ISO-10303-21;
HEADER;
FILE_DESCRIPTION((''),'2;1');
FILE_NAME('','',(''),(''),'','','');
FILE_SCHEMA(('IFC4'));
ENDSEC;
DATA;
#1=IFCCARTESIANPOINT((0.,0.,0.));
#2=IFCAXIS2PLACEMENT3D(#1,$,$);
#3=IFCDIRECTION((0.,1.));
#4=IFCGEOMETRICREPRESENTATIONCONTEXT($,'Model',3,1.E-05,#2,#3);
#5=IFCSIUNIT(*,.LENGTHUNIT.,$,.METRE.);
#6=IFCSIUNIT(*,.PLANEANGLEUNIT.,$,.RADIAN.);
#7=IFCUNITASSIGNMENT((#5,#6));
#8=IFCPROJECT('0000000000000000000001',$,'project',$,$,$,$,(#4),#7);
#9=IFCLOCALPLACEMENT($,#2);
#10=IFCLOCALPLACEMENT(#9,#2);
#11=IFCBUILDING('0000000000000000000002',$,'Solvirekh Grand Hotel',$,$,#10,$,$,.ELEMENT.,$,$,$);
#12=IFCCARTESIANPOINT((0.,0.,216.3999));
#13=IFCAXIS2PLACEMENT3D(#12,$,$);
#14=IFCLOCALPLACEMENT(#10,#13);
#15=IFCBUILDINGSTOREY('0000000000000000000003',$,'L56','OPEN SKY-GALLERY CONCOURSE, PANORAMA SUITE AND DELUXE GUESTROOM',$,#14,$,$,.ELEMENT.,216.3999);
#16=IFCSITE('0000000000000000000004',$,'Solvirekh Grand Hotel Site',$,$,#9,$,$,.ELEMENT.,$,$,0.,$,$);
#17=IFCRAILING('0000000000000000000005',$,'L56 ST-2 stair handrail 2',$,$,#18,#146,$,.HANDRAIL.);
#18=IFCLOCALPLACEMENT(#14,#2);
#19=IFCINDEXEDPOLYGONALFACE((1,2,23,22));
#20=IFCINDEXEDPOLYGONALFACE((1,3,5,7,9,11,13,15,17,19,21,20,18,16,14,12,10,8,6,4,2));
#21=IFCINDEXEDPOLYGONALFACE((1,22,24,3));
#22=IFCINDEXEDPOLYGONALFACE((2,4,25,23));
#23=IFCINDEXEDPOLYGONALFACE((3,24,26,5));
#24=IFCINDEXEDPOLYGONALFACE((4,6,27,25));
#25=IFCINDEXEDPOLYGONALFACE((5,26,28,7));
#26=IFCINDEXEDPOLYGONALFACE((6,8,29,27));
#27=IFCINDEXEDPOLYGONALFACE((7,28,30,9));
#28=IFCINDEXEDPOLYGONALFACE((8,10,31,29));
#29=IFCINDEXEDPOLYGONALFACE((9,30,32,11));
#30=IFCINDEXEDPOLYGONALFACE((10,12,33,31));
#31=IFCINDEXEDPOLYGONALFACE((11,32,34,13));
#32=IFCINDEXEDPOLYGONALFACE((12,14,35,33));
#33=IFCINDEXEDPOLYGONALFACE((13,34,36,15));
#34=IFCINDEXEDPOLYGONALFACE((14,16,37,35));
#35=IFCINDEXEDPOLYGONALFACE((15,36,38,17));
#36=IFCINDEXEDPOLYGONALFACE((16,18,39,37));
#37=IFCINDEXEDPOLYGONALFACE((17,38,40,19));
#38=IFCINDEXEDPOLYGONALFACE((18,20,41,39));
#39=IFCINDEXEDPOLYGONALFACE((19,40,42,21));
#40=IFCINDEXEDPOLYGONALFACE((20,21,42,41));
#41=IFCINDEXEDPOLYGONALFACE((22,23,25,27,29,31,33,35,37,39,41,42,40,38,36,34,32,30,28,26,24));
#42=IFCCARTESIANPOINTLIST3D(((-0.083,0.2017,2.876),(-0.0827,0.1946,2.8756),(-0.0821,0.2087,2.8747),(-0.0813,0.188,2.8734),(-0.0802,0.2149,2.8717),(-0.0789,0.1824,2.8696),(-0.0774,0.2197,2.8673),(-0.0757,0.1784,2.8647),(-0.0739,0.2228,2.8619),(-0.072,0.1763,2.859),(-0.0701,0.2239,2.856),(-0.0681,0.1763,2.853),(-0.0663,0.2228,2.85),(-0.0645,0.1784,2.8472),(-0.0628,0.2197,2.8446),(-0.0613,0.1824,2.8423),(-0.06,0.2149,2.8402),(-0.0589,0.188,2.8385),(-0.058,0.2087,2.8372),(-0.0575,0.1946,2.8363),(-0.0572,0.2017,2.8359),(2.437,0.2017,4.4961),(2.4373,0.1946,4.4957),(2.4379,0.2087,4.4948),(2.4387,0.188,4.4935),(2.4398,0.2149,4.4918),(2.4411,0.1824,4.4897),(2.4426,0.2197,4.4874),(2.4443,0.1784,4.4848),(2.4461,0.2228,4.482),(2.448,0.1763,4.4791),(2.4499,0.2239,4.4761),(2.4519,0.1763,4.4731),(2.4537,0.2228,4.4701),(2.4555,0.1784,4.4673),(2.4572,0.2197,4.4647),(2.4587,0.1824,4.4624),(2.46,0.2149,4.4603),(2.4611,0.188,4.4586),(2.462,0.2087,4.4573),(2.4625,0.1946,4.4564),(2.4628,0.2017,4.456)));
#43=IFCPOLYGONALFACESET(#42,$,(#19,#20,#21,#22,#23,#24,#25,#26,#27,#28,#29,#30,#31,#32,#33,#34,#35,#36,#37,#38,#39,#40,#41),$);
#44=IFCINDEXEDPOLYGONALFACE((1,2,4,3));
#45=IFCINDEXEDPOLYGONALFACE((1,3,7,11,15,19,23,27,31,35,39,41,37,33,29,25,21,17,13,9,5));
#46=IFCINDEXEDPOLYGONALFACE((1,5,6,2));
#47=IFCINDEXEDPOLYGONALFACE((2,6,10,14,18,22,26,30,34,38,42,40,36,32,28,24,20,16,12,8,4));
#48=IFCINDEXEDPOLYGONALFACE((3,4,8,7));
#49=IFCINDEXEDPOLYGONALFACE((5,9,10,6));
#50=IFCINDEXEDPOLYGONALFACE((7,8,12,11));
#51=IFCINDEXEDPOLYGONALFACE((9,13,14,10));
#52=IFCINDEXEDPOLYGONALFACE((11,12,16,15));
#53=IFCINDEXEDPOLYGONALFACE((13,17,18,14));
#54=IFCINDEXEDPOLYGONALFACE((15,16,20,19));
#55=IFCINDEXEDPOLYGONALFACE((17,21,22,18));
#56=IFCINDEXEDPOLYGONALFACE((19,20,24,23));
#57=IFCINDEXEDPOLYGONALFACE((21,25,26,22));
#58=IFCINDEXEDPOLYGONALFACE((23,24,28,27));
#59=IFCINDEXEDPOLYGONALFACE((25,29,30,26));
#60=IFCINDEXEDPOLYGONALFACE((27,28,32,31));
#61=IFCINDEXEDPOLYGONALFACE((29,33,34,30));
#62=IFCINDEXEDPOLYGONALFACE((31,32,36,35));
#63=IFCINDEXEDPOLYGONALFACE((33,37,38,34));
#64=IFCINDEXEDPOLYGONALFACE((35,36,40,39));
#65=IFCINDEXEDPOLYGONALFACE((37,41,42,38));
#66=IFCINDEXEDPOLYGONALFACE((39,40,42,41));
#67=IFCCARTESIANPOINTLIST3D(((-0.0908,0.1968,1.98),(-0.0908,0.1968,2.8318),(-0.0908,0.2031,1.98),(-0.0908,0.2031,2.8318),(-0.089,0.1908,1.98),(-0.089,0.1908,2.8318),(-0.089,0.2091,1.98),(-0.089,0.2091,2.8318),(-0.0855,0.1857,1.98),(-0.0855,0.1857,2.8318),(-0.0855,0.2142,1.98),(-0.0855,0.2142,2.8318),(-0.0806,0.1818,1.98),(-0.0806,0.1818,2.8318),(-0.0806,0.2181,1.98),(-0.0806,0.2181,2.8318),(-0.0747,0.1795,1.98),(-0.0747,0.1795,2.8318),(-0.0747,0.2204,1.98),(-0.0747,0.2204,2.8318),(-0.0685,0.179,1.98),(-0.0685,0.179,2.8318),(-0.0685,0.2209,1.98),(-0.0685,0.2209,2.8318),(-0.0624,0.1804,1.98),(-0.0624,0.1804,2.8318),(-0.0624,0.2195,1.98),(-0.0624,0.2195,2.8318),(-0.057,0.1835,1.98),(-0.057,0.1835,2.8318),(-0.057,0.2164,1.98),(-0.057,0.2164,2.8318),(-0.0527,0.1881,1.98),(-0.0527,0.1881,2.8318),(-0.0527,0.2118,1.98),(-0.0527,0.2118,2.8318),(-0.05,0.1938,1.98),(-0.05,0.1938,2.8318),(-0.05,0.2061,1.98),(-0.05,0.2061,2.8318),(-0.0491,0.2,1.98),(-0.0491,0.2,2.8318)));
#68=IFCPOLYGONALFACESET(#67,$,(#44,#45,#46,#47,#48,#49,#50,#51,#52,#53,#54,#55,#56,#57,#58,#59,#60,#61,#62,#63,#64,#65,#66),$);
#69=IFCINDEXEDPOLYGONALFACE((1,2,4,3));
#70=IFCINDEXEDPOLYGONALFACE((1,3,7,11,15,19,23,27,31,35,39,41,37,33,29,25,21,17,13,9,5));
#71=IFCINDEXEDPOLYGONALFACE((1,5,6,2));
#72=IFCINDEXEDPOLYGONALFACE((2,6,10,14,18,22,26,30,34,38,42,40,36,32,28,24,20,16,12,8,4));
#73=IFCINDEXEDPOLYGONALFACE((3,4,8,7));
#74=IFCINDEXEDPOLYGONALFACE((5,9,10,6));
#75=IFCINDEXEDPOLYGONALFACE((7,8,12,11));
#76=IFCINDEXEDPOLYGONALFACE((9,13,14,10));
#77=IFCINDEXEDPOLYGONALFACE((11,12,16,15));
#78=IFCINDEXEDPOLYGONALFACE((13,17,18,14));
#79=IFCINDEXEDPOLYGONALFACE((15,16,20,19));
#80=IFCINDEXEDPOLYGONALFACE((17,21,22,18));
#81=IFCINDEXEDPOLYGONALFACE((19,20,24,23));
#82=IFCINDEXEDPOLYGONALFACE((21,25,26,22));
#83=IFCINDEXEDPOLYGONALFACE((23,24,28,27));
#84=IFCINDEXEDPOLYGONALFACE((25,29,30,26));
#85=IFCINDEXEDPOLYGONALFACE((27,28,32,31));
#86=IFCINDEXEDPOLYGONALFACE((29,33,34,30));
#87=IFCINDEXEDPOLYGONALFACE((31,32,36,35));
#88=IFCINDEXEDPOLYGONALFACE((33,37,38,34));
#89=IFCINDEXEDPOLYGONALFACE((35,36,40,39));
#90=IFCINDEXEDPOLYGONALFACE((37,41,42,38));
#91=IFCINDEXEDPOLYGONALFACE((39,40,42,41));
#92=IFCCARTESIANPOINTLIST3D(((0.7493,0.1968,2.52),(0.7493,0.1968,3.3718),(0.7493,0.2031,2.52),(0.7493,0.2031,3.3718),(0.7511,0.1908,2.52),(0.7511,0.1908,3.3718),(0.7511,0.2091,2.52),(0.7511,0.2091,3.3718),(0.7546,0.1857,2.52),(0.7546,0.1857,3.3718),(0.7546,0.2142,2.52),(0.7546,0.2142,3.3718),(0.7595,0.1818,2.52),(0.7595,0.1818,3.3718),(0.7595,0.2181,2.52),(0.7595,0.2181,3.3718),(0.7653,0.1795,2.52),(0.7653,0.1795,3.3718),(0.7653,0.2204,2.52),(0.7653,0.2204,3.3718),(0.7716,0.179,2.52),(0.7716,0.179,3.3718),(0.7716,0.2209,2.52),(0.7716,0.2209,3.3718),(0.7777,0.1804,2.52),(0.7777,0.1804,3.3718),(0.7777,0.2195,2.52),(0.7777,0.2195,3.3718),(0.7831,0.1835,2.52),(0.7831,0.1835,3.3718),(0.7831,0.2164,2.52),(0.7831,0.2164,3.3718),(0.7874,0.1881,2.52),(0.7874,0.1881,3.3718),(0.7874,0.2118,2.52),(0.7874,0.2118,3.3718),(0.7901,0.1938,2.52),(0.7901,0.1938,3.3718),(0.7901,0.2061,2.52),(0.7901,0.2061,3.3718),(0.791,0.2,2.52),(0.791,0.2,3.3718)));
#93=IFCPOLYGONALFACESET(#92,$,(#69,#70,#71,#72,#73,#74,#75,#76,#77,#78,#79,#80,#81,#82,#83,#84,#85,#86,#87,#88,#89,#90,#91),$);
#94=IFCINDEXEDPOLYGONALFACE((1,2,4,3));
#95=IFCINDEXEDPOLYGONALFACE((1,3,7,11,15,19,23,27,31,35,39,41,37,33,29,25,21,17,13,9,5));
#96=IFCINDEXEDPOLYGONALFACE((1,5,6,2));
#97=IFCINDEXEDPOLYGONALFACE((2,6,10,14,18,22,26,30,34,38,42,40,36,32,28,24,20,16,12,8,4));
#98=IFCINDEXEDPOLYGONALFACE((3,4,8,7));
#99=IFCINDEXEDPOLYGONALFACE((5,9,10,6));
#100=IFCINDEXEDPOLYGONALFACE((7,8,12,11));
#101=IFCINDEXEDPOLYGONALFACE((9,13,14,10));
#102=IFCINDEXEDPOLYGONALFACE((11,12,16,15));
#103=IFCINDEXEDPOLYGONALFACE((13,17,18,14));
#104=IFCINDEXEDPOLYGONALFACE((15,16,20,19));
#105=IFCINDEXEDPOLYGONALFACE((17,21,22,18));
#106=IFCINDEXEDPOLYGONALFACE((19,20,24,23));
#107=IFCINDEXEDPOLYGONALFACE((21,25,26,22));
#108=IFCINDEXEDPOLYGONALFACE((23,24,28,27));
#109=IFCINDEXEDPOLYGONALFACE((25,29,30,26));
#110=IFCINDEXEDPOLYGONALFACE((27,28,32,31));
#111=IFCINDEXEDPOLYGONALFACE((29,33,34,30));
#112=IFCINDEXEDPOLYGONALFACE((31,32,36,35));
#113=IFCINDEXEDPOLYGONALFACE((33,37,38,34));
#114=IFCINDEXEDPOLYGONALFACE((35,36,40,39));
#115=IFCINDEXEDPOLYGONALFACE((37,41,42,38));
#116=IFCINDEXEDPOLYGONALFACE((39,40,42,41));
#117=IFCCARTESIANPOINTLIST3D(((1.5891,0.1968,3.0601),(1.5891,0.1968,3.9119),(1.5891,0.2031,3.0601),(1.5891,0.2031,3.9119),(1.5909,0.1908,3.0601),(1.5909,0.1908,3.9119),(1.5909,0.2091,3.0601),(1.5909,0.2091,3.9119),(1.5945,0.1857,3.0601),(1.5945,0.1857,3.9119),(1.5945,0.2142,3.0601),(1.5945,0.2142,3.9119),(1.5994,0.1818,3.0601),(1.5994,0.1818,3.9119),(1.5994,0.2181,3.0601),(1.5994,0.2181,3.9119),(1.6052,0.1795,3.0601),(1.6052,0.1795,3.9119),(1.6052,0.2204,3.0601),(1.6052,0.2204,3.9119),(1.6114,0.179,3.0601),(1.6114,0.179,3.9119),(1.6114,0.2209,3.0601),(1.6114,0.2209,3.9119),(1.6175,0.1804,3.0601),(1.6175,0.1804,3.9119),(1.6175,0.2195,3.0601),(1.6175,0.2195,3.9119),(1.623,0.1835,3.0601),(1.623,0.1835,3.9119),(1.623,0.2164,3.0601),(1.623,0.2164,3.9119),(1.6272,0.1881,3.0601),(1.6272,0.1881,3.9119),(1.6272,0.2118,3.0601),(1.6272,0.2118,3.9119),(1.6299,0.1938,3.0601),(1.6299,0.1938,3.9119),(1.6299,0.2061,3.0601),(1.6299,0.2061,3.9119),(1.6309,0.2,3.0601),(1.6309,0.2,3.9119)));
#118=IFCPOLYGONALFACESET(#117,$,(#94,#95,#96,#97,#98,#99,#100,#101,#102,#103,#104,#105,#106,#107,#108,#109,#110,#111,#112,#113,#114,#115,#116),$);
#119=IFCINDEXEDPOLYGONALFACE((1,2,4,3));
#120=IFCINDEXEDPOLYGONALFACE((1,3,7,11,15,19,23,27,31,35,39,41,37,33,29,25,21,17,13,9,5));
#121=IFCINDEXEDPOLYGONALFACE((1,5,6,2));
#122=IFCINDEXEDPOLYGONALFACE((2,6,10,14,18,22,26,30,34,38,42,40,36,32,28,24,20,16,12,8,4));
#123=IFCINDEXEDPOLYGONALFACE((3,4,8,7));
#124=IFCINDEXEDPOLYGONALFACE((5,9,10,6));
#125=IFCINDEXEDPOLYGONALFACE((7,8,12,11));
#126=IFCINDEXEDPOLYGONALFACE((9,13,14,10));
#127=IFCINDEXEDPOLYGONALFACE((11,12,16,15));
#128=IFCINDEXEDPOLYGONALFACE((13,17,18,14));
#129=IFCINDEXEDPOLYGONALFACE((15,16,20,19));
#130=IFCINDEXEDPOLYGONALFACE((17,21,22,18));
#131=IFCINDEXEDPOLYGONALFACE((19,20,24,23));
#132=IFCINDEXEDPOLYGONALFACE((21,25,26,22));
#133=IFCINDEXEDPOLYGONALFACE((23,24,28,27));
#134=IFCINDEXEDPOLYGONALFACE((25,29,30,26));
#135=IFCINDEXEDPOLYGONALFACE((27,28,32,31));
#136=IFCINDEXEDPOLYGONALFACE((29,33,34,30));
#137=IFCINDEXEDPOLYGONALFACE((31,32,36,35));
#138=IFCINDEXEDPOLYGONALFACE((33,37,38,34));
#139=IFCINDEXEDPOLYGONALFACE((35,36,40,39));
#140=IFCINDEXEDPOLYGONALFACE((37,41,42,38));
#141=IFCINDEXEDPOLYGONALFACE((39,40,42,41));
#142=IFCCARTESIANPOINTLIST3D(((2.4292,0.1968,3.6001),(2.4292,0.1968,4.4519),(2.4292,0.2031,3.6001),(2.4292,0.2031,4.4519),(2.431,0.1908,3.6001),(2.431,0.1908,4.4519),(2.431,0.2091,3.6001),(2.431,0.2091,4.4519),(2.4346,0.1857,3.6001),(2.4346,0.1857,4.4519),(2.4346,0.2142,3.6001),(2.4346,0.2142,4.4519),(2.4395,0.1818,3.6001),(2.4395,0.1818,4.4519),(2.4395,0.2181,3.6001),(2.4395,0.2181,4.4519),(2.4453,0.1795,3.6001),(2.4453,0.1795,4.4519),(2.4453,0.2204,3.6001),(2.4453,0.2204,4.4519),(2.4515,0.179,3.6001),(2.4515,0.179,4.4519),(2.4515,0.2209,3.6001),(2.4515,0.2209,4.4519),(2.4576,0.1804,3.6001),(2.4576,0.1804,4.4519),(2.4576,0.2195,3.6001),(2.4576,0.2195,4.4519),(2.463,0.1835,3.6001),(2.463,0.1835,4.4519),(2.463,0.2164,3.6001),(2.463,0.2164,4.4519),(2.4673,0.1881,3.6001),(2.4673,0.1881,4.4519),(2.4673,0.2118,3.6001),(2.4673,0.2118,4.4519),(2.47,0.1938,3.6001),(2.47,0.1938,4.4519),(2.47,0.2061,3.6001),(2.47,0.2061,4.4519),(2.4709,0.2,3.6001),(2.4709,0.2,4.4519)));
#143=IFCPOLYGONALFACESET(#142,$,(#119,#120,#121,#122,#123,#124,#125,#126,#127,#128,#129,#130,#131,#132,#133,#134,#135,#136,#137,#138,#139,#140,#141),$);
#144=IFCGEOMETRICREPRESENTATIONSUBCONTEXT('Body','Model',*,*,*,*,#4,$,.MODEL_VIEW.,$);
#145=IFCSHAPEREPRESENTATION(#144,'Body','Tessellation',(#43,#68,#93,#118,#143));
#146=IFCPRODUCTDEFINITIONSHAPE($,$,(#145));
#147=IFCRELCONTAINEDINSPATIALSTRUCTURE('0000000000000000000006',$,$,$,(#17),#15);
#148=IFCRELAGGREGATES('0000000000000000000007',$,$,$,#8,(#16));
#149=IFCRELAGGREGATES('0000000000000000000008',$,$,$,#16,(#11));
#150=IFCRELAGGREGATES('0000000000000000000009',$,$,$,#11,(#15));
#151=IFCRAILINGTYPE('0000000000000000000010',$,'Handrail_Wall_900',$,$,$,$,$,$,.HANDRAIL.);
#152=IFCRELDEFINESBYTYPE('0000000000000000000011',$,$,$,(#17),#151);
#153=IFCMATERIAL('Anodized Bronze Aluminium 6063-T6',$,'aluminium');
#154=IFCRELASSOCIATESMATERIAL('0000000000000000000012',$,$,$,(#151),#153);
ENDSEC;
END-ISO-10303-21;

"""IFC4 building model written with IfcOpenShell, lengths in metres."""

from ifc_helpers import new_model, si_unit, direction, frame, origin, origin_2d, place, context, subcontext, project, spatial, circle, extrude, material, type_object, element, save


model = new_model("IFC4")

# Units and contexts
model_context = context("Model", 3, precision=1e-05, world=origin(), true_north=direction((0.0, 1.0)))
body_context = subcontext(model_context, "Body", "Model", "MODEL_VIEW")
ifc_project = project(units=[si_unit("LENGTHUNIT", "METRE"), si_unit("PLANEANGLEUNIT", "RADIAN")], contexts=[model_context])

# Site, building, storey
site_placement = place(None, origin())
site = spatial("IfcSite", under=ifc_project, at=site_placement, Name="Solvirekh Grand Hotel Site", CompositionType="ELEMENT", RefElevation=0.0)
building_placement = place(site_placement, origin())
building = spatial("IfcBuilding", under=site, at=building_placement, Name="Solvirekh Grand Hotel", CompositionType="ELEMENT")
storey_placement = place(building_placement, frame((0.0, 0.0, 216.3999)))
storey = spatial("IfcBuildingStorey", under=building, at=storey_placement, Name="L56", Description="OPEN SKY-GALLERY CONCOURSE, PANORAMA SUITE AND DELUXE GUESTROOM", CompositionType="ELEMENT", Elevation=216.3999)

# Shared definitions
ifc_material_1 = material(Name="Anodized Bronze Aluminium 6063-T6", Category="aluminium")

# Railing
railing_type_1 = type_object("IfcRailingType", Name="Handrail_Wall_900", PredefinedType="HANDRAIL", material=ifc_material_1)
railing_1_placement = place(storey_placement, frame((-0.0701, 0.2, 1.98)))
element("IfcRailing", 1, at=railing_1_placement, inside=storey, type_object=railing_type_1, Name="L56 ST-2 stair handrail 2", PredefinedType="HANDRAIL", context=body_context, shape_type="SweptSolid", body=[
    extrude(circle(Radius=0.0239, at=origin_2d()), frame((0.0, 0.0, 0.876), z_axis=(0.841163, 0.0, 0.540782), x_axis=(0.0, 1.0, 0.0)), (0.0, 0.0, 1.0), 2.9958),
    extrude(circle(Radius=0.021, at=origin_2d()), origin(), (0.0, 0.0, 1.0), 0.8518),
    extrude(circle(Radius=0.021, at=origin_2d()), frame((0.8401, 0.0, 0.54)), (0.0, 0.0, 1.0), 0.8518),
    extrude(circle(Radius=0.021, at=origin_2d()), frame((1.6799, 0.0, 1.0801)), (0.0, 0.0, 1.0), 0.8518),
    extrude(circle(Radius=0.021, at=origin_2d()), frame((2.52, 0.0, 1.6201)), (0.0, 0.0, 1.0), 0.8518),
])

save(model, "model.ifc")
